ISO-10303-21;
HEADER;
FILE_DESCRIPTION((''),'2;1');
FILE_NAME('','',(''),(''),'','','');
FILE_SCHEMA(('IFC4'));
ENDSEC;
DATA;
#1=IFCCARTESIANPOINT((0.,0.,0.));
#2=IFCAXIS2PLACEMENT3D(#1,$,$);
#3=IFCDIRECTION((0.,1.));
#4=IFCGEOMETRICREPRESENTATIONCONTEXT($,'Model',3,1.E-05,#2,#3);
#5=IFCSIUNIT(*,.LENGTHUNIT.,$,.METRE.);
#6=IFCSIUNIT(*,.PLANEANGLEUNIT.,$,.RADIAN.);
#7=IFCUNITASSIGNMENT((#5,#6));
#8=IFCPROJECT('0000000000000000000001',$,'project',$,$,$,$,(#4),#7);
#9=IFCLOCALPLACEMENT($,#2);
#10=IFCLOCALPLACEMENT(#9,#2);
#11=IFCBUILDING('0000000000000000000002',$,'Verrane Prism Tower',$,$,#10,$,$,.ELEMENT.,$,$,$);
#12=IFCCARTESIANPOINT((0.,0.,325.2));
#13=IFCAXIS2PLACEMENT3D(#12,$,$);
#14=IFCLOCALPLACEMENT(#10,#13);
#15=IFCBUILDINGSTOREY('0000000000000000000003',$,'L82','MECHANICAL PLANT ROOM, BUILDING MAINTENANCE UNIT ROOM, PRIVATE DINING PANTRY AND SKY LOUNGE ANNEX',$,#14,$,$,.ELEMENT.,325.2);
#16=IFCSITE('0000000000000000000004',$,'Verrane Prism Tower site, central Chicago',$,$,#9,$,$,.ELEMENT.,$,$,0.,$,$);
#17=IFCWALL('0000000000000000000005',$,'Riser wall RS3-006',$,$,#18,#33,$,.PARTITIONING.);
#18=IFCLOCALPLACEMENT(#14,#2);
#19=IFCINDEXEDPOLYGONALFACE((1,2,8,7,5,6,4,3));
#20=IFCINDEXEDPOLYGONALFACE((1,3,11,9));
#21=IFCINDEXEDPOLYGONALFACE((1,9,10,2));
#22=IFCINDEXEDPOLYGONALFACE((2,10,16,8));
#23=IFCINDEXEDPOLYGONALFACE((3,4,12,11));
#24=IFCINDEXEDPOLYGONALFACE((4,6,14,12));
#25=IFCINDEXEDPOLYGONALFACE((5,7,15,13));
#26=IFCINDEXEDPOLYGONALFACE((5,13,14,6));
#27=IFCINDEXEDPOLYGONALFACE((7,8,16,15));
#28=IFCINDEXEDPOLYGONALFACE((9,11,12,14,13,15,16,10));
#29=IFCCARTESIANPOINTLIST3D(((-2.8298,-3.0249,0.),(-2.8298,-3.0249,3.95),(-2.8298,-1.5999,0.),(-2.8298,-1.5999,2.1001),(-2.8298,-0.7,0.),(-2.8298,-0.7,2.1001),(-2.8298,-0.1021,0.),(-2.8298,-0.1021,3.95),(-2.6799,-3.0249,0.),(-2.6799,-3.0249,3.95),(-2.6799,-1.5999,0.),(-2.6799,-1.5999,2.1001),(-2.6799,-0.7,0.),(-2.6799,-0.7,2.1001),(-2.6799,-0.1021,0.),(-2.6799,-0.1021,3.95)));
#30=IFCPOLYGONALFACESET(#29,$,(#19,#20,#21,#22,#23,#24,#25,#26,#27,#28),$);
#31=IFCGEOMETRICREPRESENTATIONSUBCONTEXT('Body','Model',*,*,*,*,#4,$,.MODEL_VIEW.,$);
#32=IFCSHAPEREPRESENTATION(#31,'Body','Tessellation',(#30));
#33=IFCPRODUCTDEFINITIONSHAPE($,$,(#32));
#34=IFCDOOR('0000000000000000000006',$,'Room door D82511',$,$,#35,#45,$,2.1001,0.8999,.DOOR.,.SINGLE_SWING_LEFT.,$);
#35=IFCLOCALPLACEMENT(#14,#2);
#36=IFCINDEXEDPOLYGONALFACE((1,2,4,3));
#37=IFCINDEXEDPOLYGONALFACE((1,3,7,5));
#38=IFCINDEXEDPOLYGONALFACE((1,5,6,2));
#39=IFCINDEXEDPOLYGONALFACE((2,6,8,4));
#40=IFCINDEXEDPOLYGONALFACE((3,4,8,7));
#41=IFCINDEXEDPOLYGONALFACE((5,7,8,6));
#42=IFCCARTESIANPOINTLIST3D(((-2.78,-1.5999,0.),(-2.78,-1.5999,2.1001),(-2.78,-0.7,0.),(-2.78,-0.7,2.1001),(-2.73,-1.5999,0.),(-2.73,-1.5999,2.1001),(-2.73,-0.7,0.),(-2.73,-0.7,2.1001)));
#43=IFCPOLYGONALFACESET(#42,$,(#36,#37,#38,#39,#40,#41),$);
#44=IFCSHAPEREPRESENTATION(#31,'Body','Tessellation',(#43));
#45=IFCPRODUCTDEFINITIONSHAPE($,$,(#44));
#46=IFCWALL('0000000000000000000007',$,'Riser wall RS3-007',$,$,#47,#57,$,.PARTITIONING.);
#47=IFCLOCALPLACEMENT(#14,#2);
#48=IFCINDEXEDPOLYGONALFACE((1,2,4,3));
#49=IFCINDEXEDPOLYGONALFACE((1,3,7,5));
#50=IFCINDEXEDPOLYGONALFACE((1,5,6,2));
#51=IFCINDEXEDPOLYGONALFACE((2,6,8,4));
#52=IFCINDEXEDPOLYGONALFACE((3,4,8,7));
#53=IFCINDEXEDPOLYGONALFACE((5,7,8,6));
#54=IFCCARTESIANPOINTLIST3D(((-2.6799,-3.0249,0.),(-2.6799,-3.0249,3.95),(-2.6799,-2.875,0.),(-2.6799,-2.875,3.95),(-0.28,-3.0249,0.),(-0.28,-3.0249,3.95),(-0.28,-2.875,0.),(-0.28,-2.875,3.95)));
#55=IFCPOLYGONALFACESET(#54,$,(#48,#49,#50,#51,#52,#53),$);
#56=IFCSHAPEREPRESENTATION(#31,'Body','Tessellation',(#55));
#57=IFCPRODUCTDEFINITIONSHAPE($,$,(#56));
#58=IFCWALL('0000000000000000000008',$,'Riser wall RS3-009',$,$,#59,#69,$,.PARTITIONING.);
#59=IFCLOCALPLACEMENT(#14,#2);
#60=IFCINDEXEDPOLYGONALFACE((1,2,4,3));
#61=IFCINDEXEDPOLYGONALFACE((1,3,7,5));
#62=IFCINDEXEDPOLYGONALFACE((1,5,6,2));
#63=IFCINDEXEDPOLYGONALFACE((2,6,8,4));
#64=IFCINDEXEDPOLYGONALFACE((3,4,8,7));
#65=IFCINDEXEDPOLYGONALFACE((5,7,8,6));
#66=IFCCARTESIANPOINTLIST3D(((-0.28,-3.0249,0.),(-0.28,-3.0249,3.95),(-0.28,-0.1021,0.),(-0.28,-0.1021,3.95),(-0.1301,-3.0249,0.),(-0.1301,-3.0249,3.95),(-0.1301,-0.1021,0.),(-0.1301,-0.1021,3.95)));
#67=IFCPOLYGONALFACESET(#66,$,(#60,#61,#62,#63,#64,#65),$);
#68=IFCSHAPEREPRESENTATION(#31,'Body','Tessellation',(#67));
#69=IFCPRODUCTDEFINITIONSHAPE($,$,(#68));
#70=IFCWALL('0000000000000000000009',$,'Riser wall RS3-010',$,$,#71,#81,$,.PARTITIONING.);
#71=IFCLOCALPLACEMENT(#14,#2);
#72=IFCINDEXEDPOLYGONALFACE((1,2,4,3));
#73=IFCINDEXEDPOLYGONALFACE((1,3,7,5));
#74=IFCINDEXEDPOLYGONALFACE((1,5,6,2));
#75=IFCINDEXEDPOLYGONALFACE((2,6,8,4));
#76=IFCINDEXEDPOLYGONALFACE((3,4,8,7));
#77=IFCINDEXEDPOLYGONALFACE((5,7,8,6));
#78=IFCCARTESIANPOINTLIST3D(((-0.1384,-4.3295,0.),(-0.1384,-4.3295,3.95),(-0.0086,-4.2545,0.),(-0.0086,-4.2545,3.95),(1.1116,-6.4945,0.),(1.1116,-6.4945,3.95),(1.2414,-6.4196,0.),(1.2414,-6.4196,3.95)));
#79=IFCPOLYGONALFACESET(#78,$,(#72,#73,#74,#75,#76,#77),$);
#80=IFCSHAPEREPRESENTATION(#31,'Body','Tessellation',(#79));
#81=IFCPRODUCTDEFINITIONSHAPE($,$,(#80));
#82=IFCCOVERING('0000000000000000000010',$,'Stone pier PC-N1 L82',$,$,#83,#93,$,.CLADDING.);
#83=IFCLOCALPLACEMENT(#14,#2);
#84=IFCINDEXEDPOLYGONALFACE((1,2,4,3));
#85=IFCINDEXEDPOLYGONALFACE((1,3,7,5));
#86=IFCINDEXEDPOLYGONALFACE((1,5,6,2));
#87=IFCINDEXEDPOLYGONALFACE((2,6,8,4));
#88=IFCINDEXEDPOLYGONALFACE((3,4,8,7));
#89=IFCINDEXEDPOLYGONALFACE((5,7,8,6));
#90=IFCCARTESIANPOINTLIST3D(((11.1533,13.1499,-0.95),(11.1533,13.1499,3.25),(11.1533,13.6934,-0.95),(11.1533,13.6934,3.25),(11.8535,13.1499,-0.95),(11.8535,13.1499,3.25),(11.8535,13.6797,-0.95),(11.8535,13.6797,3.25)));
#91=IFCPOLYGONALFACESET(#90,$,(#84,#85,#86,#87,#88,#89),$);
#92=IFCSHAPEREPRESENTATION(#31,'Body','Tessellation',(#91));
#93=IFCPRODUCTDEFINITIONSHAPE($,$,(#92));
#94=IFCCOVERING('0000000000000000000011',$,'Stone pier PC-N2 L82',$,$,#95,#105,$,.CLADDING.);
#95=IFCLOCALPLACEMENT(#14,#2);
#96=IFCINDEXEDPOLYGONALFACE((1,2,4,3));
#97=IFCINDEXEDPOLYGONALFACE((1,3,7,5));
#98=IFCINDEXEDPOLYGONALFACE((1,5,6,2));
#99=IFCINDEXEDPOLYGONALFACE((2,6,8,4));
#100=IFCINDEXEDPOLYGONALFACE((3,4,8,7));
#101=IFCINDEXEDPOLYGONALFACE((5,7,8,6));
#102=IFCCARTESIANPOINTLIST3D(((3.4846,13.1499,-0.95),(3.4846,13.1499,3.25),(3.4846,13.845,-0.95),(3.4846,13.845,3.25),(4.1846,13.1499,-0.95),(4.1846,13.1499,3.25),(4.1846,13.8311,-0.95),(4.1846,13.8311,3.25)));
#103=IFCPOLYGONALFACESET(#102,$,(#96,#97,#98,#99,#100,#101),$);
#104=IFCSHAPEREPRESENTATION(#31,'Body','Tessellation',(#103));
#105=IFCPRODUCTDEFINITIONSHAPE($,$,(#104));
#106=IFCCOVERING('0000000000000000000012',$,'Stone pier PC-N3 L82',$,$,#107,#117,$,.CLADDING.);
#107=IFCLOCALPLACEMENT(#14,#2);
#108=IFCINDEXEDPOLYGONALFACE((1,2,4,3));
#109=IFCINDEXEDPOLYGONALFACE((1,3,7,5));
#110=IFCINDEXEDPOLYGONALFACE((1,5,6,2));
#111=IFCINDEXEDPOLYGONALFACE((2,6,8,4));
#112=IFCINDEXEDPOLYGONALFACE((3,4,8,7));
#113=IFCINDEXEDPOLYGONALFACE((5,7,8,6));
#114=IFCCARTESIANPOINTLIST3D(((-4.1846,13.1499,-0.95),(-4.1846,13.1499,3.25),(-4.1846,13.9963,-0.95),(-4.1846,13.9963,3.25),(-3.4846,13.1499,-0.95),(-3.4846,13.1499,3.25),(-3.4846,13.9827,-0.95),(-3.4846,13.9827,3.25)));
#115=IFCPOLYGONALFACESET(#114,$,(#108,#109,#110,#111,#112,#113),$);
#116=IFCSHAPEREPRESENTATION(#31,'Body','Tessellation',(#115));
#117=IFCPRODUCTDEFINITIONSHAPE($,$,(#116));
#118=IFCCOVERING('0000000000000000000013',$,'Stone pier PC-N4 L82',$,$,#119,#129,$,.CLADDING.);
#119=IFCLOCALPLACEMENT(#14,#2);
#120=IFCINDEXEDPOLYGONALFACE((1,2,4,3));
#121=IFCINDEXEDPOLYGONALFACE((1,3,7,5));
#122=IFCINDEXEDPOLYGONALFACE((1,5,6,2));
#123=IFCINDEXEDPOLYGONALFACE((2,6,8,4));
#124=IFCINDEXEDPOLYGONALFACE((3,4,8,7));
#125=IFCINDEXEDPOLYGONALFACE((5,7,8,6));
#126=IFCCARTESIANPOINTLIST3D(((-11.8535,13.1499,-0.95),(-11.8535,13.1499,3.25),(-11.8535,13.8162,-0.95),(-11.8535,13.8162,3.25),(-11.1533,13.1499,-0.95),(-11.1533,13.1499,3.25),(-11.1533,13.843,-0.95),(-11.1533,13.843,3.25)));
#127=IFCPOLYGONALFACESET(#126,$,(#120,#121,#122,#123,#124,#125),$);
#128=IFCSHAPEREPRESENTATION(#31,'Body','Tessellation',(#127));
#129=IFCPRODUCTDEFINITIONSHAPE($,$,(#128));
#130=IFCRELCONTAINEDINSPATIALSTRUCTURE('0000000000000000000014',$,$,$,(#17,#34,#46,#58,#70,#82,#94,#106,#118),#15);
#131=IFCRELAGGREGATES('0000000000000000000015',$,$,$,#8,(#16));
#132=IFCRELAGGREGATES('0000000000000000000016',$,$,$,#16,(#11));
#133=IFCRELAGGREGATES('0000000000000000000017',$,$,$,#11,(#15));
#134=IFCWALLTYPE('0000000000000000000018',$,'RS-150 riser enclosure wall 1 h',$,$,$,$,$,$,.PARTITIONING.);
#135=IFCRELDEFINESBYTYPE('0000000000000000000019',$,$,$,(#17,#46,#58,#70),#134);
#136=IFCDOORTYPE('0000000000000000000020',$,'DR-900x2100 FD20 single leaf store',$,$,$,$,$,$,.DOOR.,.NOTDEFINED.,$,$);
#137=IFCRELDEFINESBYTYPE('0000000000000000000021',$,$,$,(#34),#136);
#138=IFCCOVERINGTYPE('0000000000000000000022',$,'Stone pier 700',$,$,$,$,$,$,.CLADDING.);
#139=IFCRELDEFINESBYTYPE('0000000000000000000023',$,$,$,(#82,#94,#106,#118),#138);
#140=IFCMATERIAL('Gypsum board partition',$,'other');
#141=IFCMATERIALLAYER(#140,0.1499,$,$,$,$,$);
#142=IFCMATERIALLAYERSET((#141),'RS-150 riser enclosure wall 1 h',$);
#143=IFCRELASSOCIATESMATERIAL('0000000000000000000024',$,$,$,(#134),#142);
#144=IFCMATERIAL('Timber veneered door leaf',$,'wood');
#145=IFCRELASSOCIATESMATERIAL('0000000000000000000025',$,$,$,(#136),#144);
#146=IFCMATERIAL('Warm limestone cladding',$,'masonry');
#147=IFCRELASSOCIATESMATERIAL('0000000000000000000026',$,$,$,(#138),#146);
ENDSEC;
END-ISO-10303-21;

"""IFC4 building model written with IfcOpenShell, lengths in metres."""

from ifc_helpers import new_model, si_unit, direction, frame, frame_2d, origin, place, context, subcontext, project, spatial, polyline, rectangle, outline, extrude, material, layer, layer_set, type_object, element, fill, save


model = new_model("IFC4")

# Units and contexts
model_context = context("Model", 3, precision=1e-05, world=origin(), true_north=direction((0.0, 1.0)))
body_context = subcontext(model_context, "Body", "Model", "MODEL_VIEW")
ifc_project = project(units=[si_unit("LENGTHUNIT", "METRE"), si_unit("PLANEANGLEUNIT", "RADIAN")], contexts=[model_context])

# Site, building, storey
site_placement = place(None, origin())
site = spatial("IfcSite", under=ifc_project, at=site_placement, Name="Verrane Prism Tower site, central Chicago", CompositionType="ELEMENT", RefElevation=0.0)
building_placement = place(site_placement, origin())
building = spatial("IfcBuilding", under=site, at=building_placement, Name="Verrane Prism Tower", CompositionType="ELEMENT")
storey_placement = place(building_placement, frame((0.0, 0.0, 325.2)))
storey = spatial("IfcBuildingStorey", under=building, at=storey_placement, Name="L82", Description="MECHANICAL PLANT ROOM, BUILDING MAINTENANCE UNIT ROOM, PRIVATE DINING PANTRY AND SKY LOUNGE ANNEX", CompositionType="ELEMENT", Elevation=325.2)

# Shared definitions
ifc_material_1 = material(Name="Gypsum board partition", Category="other")
ifc_layer_1 = layer(ifc_material_1, 0.1499)
ifc_layer_set_1 = layer_set([ifc_layer_1], Name="RS-150 riser enclosure wall 1 h")
wall_type_1 = type_object("IfcWallType", Name="RS-150 riser enclosure wall 1 h", PredefinedType="PARTITIONING", material=ifc_layer_set_1)

# Wall, opening, door
ifc_material_2 = material(Name="Timber veneered door leaf", Category="wood")
door_type_1 = type_object("IfcDoorType", Name="DR-900x2100 FD20 single leaf store", OperationType="NOTDEFINED", PredefinedType="DOOR", material=ifc_material_2)
wall_1_placement = place(storey_placement, frame((-2.7549, -0.1021, 0.0), z_axis=(0.0, 0.0, 1.0), x_axis=(0.0, -1.0, 0.0)))
wall_1 = element("IfcWall", 1, at=wall_1_placement, inside=storey, type_object=wall_type_1, Name="Riser wall RS3-006", PredefinedType="PARTITIONING", context=body_context, shape_type="SweptSolid", body=[
    extrude(rectangle(XDim=2.9229, YDim=0.1499, at=frame_2d((1.4614, 0.0))), origin(), (0.0, 0.0, 1.0), 3.95),
])
opening_1_placement = place(wall_1_placement, frame((0.5979, 0.0, 0.0)))
opening_1 = element("IfcOpeningElement", 2, at=opening_1_placement, cuts=wall_1, PredefinedType="OPENING", context=body_context, shape_type="SweptSolid", body=[
    extrude(rectangle(XDim=0.8999, YDim=2.1001, at=frame_2d((0.45, 1.05))), frame((0.0, 0.085, 0.0), z_axis=(0.0, -1.0, 0.0), x_axis=(1.0, 0.0, 0.0)), (0.0, 0.0, 1.0), 0.1699),
])
door_1_placement = place(opening_1_placement, origin())
door_1 = element("IfcDoor", 3, at=door_1_placement, inside=storey, type_object=door_type_1, Name="Room door D82511", OperationType="SINGLE_SWING_LEFT", OverallHeight=2.1001, OverallWidth=0.8999, PredefinedType="DOOR", context=body_context, shape_type="SweptSolid", body=[
    extrude(rectangle(XDim=0.8999, YDim=2.1001, at=frame_2d((0.45, 1.05))), frame((0.0, 0.0249, 0.0), z_axis=(0.0, -1.0, 0.0), x_axis=(1.0, 0.0, 0.0)), (0.0, 0.0, 1.0), 0.05),
])
fill(opening_1, door_1)

# Walls
wall_2_placement = place(storey_placement, frame((-2.6799, -2.95, 0.0), z_axis=(0.0, 0.0, 1.0), x_axis=(1.0, 0.0, 0.0)))
element("IfcWall", 4, at=wall_2_placement, inside=storey, type_object=wall_type_1, Name="Riser wall RS3-007", PredefinedType="PARTITIONING", context=body_context, shape_type="SweptSolid", body=[
    extrude(rectangle(XDim=2.3999, YDim=0.1499, at=frame_2d((1.2, 0.0))), origin(), (0.0, 0.0, 1.0), 3.95),
])
wall_3_placement = place(storey_placement, frame((-0.2051, -3.0249, 0.0), z_axis=(0.0, 0.0, 1.0), x_axis=(0.0, 1.0, 0.0)))
element("IfcWall", 5, at=wall_3_placement, inside=storey, type_object=wall_type_1, Name="Riser wall RS3-009", PredefinedType="PARTITIONING", context=body_context, shape_type="SweptSolid", body=[
    extrude(rectangle(XDim=2.9229, YDim=0.1499, at=frame_2d((1.4614, 0.0))), origin(), (0.0, 0.0, 1.0), 3.95),
])
wall_4_placement = place(storey_placement, frame((-0.0735, -4.292, 0.0), z_axis=(0.0, 0.0, 1.0), x_axis=(0.500004, -0.866023, 0.0)))
element("IfcWall", 6, at=wall_4_placement, inside=storey, type_object=wall_type_1, Name="Riser wall RS3-010", PredefinedType="PARTITIONING", context=body_context, shape_type="SweptSolid", body=[
    extrude(rectangle(XDim=2.5, YDim=0.1499, at=frame_2d((1.25, 0.0))), origin(), (0.0, 0.0, 1.0), 3.95),
])

# Coverings
ifc_material_3 = material(Name="Warm limestone cladding", Category="masonry")
covering_type = type_object("IfcCoveringType", Name="Stone pier 700", PredefinedType="CLADDING", material=ifc_material_3)
covering_1_placement = place(storey_placement, frame((0.0, 0.0, -0.95)))
element("IfcCovering", 7, at=covering_1_placement, inside=storey, type_object=covering_type, Name="Stone pier PC-N1 L82", PredefinedType="CLADDING", context=body_context, shape_type="SweptSolid", body=[
    extrude(outline(polyline([(11.1533, 13.1499), (11.8535, 13.1499), (11.8535, 13.6797), (11.1533, 13.6934), (11.1533, 13.1499)])), origin(), (0.0, 0.0, 1.0), 4.2),
])
covering_2_placement = place(storey_placement, frame((0.0, 0.0, -0.95)))
element("IfcCovering", 8, at=covering_2_placement, inside=storey, type_object=covering_type, Name="Stone pier PC-N2 L82", PredefinedType="CLADDING", context=body_context, shape_type="SweptSolid", body=[
    extrude(outline(polyline([(3.4846, 13.1499), (4.1846, 13.1499), (4.1846, 13.8311), (3.4846, 13.845), (3.4846, 13.1499)])), origin(), (0.0, 0.0, 1.0), 4.2),
])
covering_3_placement = place(storey_placement, frame((0.0, 0.0, -0.95)))
element("IfcCovering", 9, at=covering_3_placement, inside=storey, type_object=covering_type, Name="Stone pier PC-N3 L82", PredefinedType="CLADDING", context=body_context, shape_type="SweptSolid", body=[
    extrude(outline(polyline([(-4.1846, 13.1499), (-3.4846, 13.1499), (-3.4846, 13.9827), (-4.1846, 13.9963), (-4.1846, 13.1499)])), origin(), (0.0, 0.0, 1.0), 4.2),
])
covering_4_placement = place(storey_placement, frame((0.0, 0.0, -0.95)))
element("IfcCovering", 10, at=covering_4_placement, inside=storey, type_object=covering_type, Name="Stone pier PC-N4 L82", PredefinedType="CLADDING", context=body_context, shape_type="SweptSolid", body=[
    extrude(outline(polyline([(-11.8535, 13.1499), (-11.1533, 13.1499), (-11.1533, 13.843), (-11.8535, 13.8162), (-11.8535, 13.1499)])), origin(), (0.0, 0.0, 1.0), 4.2),
])

save(model, "model.ifc")
